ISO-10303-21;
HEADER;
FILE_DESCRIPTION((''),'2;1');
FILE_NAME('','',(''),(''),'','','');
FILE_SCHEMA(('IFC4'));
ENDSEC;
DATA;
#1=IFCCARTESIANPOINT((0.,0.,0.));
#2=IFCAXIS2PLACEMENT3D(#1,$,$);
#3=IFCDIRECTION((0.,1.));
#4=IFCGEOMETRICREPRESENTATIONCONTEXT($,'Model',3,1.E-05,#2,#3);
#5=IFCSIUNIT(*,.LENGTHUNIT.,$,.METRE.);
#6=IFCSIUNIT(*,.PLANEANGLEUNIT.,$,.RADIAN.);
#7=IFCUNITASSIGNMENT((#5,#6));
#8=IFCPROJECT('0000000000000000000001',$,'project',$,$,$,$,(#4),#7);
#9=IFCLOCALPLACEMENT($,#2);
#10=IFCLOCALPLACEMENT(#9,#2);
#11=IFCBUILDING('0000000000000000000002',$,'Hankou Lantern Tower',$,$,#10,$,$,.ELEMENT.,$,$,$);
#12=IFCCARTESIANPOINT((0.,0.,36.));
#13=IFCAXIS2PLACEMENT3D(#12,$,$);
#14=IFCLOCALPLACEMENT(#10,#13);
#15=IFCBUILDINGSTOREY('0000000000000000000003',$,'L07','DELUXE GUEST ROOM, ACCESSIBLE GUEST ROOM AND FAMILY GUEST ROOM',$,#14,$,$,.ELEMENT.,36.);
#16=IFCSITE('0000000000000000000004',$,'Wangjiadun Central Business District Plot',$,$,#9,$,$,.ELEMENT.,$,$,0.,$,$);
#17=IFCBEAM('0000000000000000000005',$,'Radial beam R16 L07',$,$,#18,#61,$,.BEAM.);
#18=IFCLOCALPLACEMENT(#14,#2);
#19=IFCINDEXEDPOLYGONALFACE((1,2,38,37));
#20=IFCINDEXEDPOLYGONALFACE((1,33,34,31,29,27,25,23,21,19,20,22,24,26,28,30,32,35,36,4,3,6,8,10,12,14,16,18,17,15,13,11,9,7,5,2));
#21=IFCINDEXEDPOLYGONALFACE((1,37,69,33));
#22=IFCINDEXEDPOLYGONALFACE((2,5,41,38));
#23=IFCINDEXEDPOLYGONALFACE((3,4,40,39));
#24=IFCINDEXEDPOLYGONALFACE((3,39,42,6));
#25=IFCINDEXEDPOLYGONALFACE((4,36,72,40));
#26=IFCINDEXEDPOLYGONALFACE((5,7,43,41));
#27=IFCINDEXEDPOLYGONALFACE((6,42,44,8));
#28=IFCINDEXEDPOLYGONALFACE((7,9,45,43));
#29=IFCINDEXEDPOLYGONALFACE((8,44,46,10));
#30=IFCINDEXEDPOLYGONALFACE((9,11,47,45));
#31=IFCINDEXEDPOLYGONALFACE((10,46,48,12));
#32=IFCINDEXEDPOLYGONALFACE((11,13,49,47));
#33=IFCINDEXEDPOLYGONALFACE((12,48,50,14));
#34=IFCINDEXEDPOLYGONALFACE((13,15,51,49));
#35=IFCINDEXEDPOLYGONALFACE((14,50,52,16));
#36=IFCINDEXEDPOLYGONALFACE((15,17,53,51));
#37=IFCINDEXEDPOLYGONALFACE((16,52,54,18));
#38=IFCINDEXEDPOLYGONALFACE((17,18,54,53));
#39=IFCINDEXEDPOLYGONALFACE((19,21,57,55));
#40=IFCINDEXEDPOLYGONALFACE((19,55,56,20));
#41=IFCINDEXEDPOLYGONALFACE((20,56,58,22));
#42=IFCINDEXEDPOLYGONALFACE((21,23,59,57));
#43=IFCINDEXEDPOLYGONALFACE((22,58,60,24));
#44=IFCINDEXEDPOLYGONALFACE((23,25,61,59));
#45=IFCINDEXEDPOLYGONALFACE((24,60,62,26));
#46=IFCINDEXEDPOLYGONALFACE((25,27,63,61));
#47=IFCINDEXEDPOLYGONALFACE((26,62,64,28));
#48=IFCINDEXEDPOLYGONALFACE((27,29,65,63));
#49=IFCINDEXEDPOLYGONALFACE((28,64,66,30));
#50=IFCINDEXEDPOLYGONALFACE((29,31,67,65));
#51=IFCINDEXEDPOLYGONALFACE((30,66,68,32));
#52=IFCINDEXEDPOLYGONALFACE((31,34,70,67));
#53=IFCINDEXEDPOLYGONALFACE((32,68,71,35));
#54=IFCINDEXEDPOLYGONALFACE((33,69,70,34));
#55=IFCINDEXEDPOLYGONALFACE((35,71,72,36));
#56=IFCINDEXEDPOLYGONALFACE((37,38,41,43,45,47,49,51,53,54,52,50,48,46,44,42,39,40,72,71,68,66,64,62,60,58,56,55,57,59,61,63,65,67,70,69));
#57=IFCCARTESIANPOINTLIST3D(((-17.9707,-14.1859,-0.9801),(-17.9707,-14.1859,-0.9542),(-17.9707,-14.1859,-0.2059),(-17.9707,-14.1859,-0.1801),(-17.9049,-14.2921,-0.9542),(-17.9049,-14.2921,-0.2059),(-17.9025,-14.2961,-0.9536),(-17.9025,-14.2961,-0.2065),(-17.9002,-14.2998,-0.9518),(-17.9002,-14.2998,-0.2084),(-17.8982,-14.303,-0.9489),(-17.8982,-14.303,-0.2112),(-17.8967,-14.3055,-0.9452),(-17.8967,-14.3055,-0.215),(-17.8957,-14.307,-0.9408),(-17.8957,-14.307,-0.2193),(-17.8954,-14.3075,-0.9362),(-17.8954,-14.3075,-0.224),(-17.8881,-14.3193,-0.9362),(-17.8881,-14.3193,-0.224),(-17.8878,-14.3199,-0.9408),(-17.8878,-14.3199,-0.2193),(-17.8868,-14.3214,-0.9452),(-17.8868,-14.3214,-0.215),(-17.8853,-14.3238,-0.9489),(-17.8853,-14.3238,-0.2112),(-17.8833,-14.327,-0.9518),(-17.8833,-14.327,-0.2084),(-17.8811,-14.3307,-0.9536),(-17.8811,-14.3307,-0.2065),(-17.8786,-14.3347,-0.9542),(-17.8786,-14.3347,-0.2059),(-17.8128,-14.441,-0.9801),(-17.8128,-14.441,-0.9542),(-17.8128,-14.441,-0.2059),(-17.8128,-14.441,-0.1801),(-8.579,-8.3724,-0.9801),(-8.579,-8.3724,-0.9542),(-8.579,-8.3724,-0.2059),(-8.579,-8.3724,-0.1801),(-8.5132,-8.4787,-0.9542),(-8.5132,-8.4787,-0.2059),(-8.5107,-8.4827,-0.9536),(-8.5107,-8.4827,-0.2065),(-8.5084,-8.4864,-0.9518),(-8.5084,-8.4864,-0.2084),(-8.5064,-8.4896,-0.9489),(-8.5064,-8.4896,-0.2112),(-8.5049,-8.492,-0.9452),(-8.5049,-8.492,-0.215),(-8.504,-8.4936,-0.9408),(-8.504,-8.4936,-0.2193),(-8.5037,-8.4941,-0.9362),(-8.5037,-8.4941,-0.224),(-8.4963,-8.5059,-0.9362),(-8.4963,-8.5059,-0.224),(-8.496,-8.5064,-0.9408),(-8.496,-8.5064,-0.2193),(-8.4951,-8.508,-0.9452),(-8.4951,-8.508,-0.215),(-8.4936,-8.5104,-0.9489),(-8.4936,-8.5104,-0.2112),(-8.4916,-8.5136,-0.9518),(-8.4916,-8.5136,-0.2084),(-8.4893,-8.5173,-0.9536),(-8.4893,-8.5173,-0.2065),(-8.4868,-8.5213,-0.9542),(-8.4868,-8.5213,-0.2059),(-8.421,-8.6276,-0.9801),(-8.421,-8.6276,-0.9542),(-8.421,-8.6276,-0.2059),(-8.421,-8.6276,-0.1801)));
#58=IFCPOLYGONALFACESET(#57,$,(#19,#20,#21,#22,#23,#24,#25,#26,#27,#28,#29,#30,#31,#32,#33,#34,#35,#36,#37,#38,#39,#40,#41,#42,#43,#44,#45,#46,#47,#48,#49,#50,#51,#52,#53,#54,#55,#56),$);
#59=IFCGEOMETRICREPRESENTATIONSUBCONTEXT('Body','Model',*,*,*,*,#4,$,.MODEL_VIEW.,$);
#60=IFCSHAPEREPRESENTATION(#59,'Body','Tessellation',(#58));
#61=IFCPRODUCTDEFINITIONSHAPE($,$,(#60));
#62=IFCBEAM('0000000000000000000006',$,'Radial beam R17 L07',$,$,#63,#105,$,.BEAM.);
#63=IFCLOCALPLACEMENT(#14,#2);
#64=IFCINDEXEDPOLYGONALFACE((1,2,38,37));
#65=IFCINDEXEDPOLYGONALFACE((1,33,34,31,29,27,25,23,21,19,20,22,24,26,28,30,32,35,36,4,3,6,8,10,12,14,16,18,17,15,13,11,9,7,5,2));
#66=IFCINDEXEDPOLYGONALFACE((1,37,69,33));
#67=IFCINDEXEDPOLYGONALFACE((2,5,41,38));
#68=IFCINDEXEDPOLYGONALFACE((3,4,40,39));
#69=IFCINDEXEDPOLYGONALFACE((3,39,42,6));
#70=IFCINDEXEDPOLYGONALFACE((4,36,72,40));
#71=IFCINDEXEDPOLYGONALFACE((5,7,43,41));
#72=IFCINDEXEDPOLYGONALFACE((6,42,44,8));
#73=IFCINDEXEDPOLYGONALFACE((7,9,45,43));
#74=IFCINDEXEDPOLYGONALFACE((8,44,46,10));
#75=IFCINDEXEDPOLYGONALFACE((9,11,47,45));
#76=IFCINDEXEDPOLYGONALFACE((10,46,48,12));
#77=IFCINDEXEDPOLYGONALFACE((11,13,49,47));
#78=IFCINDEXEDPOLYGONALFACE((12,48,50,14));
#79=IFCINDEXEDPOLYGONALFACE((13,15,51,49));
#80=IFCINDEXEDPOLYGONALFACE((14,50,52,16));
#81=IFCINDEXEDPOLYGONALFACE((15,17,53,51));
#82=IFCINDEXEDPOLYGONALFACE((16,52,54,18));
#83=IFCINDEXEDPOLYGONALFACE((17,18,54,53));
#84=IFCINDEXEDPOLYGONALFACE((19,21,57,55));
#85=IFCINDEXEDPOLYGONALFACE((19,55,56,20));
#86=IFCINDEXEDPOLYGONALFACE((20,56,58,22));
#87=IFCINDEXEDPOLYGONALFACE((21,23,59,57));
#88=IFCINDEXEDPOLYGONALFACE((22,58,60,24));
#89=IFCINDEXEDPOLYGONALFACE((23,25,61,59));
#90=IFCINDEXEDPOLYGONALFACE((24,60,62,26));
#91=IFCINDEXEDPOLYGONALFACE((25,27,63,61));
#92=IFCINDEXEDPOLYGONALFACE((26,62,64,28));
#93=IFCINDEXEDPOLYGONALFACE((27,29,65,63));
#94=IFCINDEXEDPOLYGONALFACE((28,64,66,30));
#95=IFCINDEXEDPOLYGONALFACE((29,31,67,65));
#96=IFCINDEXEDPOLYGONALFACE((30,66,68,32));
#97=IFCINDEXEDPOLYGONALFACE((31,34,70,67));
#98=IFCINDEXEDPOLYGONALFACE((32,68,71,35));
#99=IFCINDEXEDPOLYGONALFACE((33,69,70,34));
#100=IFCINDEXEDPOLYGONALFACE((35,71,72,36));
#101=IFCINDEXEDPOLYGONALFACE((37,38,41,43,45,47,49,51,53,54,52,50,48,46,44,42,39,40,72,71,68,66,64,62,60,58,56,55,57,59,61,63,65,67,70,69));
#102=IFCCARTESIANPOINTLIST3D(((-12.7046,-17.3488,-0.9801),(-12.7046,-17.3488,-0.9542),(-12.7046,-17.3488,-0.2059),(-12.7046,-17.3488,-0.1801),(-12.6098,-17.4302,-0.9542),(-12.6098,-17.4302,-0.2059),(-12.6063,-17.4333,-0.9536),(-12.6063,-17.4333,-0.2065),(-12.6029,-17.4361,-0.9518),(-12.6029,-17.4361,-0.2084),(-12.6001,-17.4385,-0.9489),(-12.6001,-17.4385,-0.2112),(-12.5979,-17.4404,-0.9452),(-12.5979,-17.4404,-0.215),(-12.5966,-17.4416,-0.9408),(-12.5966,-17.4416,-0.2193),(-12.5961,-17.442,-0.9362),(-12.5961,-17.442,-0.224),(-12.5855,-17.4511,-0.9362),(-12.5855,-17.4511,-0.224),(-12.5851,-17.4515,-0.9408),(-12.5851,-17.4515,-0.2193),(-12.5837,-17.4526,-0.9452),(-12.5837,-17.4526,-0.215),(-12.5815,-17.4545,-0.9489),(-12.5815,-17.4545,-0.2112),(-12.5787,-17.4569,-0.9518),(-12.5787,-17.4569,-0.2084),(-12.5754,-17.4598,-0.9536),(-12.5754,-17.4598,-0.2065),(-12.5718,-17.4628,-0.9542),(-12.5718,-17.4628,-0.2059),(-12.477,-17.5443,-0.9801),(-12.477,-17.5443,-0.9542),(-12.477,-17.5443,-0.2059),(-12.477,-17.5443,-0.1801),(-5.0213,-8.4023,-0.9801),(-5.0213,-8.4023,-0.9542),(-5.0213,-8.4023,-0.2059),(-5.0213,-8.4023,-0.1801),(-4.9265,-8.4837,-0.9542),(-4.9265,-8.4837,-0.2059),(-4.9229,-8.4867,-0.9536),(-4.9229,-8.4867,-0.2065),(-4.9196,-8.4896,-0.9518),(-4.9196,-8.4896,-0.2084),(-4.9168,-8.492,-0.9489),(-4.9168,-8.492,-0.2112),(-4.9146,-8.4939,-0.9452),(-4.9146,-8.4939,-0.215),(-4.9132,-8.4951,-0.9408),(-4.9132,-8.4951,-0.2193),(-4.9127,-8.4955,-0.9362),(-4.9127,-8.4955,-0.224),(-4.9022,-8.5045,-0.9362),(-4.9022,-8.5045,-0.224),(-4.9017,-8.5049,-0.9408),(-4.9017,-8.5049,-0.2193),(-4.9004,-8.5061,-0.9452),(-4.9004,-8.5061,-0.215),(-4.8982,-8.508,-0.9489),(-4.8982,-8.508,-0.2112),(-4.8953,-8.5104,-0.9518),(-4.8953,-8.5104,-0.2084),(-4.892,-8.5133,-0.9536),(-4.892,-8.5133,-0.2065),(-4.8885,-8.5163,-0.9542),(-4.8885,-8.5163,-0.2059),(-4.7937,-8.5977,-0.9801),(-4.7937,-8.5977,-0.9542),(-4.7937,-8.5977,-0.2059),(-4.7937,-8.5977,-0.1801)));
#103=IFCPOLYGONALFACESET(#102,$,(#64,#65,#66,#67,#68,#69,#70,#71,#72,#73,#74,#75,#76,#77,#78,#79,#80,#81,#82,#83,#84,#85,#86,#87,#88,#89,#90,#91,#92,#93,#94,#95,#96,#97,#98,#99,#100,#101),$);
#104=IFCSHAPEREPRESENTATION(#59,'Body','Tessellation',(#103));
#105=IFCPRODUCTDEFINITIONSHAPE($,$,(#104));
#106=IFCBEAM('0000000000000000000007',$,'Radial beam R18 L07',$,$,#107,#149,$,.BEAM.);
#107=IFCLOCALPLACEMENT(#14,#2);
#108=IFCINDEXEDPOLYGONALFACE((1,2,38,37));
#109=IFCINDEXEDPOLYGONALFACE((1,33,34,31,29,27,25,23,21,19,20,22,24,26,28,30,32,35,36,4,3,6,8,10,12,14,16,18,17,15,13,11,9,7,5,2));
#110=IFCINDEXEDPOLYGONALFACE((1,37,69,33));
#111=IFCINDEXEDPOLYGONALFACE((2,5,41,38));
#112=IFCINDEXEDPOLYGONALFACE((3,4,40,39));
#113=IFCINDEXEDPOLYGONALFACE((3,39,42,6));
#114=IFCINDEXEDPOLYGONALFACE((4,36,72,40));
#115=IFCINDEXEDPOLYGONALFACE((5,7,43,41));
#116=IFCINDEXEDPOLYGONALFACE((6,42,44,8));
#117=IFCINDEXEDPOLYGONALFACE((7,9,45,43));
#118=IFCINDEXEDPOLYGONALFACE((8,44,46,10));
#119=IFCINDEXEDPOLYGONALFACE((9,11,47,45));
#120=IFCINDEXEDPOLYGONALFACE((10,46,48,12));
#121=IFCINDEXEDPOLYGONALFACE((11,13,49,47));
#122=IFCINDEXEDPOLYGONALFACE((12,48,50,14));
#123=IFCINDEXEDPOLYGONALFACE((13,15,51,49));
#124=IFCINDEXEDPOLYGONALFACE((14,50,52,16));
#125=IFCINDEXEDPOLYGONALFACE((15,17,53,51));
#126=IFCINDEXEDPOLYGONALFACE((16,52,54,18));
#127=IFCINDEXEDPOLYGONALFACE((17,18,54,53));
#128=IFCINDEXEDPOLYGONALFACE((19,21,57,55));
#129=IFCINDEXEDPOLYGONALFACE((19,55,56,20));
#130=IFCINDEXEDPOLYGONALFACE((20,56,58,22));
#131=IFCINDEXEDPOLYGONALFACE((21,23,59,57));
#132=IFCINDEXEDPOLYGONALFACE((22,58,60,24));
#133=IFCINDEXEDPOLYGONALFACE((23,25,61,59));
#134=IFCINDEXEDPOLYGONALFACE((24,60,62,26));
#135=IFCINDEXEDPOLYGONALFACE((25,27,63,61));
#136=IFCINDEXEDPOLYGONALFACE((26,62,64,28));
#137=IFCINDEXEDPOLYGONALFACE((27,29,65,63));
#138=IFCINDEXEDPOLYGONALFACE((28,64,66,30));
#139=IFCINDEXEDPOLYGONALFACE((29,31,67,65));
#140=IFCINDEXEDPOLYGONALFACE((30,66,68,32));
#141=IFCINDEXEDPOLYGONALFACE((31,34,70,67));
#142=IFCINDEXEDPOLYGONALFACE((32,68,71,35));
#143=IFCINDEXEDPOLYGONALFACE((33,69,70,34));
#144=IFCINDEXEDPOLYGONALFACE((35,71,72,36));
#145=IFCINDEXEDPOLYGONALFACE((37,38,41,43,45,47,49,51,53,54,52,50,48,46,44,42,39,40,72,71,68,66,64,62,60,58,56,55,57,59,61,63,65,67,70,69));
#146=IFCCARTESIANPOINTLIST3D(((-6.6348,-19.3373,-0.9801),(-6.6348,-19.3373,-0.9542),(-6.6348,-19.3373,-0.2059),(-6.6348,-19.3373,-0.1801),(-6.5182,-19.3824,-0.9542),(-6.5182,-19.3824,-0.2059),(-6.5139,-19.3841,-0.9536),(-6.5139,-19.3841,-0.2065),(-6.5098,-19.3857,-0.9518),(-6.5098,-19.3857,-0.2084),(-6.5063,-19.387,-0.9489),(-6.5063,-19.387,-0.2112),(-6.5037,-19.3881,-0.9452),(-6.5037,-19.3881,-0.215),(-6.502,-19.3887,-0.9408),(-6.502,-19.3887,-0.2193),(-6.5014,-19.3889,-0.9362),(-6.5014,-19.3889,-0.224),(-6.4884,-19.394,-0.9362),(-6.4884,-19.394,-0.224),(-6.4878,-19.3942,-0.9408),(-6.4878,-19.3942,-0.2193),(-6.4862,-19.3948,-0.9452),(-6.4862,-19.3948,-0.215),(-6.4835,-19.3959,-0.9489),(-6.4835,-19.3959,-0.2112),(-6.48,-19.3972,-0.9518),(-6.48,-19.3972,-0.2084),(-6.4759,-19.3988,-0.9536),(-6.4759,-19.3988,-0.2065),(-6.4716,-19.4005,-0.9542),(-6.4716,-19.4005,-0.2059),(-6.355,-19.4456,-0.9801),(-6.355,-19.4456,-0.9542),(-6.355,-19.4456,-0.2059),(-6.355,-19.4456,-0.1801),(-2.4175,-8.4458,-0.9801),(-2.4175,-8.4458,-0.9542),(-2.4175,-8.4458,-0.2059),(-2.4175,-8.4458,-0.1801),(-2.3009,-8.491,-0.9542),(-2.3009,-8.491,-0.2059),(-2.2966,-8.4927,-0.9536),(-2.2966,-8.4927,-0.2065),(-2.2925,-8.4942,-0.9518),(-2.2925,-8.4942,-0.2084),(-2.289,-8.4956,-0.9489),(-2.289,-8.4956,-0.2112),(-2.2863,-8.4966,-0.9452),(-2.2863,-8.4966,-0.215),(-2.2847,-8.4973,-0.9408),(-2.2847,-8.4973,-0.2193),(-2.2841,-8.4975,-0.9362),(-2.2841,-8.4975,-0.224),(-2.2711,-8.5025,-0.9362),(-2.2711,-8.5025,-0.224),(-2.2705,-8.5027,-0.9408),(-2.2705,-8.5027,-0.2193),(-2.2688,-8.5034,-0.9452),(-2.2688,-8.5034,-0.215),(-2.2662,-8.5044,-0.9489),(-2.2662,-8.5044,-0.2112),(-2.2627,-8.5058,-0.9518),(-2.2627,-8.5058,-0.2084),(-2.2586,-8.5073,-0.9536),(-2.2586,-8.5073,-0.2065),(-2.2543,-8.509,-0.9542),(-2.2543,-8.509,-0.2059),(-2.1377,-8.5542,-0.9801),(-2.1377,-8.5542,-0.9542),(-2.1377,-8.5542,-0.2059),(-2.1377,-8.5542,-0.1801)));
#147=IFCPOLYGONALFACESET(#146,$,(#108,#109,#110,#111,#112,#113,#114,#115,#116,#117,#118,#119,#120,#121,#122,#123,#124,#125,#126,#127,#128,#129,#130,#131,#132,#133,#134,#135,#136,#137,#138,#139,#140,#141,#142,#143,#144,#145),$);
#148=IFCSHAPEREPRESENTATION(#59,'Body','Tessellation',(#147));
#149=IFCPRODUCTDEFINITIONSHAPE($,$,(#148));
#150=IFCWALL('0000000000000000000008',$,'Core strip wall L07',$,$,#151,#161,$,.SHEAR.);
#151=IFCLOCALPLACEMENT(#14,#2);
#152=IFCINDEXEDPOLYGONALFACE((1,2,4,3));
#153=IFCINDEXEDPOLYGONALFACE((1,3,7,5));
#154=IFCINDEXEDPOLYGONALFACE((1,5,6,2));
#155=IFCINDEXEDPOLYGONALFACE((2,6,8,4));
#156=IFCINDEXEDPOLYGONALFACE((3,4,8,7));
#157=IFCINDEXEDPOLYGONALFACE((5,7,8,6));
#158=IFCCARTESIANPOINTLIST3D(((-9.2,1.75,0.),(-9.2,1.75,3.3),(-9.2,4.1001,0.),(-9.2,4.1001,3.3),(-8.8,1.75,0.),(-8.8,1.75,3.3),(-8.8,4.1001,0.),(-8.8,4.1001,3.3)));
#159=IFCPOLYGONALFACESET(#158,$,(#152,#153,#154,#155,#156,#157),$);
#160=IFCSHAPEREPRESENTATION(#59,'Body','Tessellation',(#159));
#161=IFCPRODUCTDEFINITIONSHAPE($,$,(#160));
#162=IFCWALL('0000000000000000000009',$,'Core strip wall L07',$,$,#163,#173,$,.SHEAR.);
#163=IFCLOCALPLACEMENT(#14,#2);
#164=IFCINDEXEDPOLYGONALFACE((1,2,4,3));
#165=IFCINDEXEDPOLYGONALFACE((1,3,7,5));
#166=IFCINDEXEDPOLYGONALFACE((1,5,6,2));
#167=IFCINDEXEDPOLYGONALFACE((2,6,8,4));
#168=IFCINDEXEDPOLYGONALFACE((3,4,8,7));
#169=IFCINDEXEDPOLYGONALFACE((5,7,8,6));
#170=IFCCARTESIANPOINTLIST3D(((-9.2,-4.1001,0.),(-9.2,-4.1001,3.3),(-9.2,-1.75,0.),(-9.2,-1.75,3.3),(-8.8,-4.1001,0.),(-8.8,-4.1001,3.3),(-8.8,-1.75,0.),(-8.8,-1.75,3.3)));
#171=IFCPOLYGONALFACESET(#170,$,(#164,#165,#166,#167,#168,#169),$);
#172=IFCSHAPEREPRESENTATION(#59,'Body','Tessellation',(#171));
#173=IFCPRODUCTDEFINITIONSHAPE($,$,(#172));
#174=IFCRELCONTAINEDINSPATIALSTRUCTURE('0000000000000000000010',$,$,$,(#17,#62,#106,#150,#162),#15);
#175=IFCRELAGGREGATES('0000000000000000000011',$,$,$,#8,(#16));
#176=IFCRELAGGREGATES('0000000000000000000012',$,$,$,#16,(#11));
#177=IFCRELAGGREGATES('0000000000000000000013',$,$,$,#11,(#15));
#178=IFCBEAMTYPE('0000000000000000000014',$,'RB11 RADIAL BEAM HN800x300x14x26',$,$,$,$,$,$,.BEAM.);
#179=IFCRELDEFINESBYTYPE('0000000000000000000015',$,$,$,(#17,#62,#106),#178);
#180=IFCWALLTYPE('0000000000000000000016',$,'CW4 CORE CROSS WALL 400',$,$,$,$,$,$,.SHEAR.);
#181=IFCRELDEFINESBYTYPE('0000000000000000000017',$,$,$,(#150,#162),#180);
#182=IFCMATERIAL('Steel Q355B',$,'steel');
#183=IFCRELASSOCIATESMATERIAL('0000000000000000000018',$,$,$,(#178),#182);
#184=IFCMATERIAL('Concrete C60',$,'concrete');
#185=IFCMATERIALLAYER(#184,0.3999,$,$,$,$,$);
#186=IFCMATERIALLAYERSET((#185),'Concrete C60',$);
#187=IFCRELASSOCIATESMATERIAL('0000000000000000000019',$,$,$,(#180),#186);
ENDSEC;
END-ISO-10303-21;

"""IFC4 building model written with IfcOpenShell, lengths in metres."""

from ifc_helpers import new_model, si_unit, direction, frame, frame_2d, origin, origin_2d, place, context, subcontext, project, spatial, rectangle, i_section, extrude, material, layer, layer_set, material_profile, profile_set, type_object, element, save


model = new_model("IFC4")

# Units and contexts
model_context = context("Model", 3, precision=1e-05, world=origin(), true_north=direction((0.0, 1.0)))
body_context = subcontext(model_context, "Body", "Model", "MODEL_VIEW")
ifc_project = project(units=[si_unit("LENGTHUNIT", "METRE"), si_unit("PLANEANGLEUNIT", "RADIAN")], contexts=[model_context])

# Site, building, storey
site_placement = place(None, origin())
site = spatial("IfcSite", under=ifc_project, at=site_placement, Name="Wangjiadun Central Business District Plot", CompositionType="ELEMENT", RefElevation=0.0)
building_placement = place(site_placement, origin())
building = spatial("IfcBuilding", under=site, at=building_placement, Name="Hankou Lantern Tower", CompositionType="ELEMENT")
storey_placement = place(building_placement, frame((0.0, 0.0, 36.0)))
storey = spatial("IfcBuildingStorey", under=building, at=storey_placement, Name="L07", Description="DELUXE GUEST ROOM, ACCESSIBLE GUEST ROOM AND FAMILY GUEST ROOM", CompositionType="ELEMENT", Elevation=36.0)

# Beams
ifc_material_1 = material(Name="Steel Q355B", Category="steel")
ifc_material_profile = material_profile(ifc_material_1, i_section(OverallWidth=0.3, OverallDepth=0.8, WebThickness=0.0139, FlangeThickness=0.0259, FilletRadius=0.0181, at=origin_2d()), Name="HN800x300x14x26")
ifc_profile_set = profile_set([ifc_material_profile], Name="Steel Q355B")
beam_type = type_object("IfcBeamType", Name="RB11 RADIAL BEAM HN800x300x14x26", PredefinedType="BEAM", material=ifc_profile_set)
beam_1_placement = place(storey_placement, frame((-8.5, -8.5, -0.5801), z_axis=(-0.850286, -0.52632, 0.0), x_axis=(0.52632, -0.850286, 0.0)))
element("IfcBeam", 1, at=beam_1_placement, inside=storey, type_object=beam_type, Name="Radial beam R16 L07", PredefinedType="BEAM", context=body_context, shape_type="SweptSolid", body=[
    extrude(i_section(OverallWidth=0.3, OverallDepth=0.8, WebThickness=0.0139, FlangeThickness=0.0259, FilletRadius=0.0181, at=origin_2d()), origin(), (0.0, 0.0, 1.0), 11.0454),
])
beam_2_placement = place(storey_placement, frame((-4.9075, -8.5, -0.5801), z_axis=(-0.651519, -0.758632, 0.0), x_axis=(0.758632, -0.651519, 0.0)))
element("IfcBeam", 2, at=beam_2_placement, inside=storey, type_object=beam_type, Name="Radial beam R17 L07", PredefinedType="BEAM", context=body_context, shape_type="SweptSolid", body=[
    extrude(i_section(OverallWidth=0.3, OverallDepth=0.8, WebThickness=0.0139, FlangeThickness=0.0259, FilletRadius=0.0181, at=origin_2d()), origin(), (0.0, 0.0, 1.0), 11.793),
])
beam_3_placement = place(storey_placement, frame((-2.2776, -8.5, -0.5801), z_axis=(-0.361089, -0.932531, 0.0), x_axis=(0.932531, -0.361089, 0.0)))
element("IfcBeam", 3, at=beam_3_placement, inside=storey, type_object=beam_type, Name="Radial beam R18 L07", PredefinedType="BEAM", context=body_context, shape_type="SweptSolid", body=[
    extrude(i_section(OverallWidth=0.3, OverallDepth=0.8, WebThickness=0.0139, FlangeThickness=0.0259, FilletRadius=0.0181, at=origin_2d()), origin(), (0.0, 0.0, 1.0), 11.6794),
])

# Walls
ifc_material_2 = material(Name="Concrete C60", Category="concrete")
ifc_layer_1 = layer(ifc_material_2, 0.3999)
ifc_layer_set_1 = layer_set([ifc_layer_1], Name="Concrete C60")
wall_type_1 = type_object("IfcWallType", Name="CW4 CORE CROSS WALL 400", PredefinedType="SHEAR", material=ifc_layer_set_1)
for number, where, z_axis, x_axis, name in (
    (4, (-9.0, 1.75, 0.0), (0.0, 0.0, 1.0), (0.0, 1.0, 0.0), "Core strip wall L07"),
    (5, (-9.0, -4.1001, 0.0), (0.0, 0.0, 1.0), (0.0, 1.0, 0.0), "Core strip wall L07"),
):
    element("IfcWall", number, at=place(storey_placement, frame(where, z_axis=z_axis, x_axis=x_axis)), inside=storey, type_object=wall_type_1, Name=name, PredefinedType="SHEAR", context=body_context, shape_type="SweptSolid", body=[
        extrude(rectangle(XDim=2.3501, YDim=0.3999, at=frame_2d((1.175, 0.0))), origin(), (0.0, 0.0, 1.0), 3.3),
    ])

save(model, "model.ifc")
